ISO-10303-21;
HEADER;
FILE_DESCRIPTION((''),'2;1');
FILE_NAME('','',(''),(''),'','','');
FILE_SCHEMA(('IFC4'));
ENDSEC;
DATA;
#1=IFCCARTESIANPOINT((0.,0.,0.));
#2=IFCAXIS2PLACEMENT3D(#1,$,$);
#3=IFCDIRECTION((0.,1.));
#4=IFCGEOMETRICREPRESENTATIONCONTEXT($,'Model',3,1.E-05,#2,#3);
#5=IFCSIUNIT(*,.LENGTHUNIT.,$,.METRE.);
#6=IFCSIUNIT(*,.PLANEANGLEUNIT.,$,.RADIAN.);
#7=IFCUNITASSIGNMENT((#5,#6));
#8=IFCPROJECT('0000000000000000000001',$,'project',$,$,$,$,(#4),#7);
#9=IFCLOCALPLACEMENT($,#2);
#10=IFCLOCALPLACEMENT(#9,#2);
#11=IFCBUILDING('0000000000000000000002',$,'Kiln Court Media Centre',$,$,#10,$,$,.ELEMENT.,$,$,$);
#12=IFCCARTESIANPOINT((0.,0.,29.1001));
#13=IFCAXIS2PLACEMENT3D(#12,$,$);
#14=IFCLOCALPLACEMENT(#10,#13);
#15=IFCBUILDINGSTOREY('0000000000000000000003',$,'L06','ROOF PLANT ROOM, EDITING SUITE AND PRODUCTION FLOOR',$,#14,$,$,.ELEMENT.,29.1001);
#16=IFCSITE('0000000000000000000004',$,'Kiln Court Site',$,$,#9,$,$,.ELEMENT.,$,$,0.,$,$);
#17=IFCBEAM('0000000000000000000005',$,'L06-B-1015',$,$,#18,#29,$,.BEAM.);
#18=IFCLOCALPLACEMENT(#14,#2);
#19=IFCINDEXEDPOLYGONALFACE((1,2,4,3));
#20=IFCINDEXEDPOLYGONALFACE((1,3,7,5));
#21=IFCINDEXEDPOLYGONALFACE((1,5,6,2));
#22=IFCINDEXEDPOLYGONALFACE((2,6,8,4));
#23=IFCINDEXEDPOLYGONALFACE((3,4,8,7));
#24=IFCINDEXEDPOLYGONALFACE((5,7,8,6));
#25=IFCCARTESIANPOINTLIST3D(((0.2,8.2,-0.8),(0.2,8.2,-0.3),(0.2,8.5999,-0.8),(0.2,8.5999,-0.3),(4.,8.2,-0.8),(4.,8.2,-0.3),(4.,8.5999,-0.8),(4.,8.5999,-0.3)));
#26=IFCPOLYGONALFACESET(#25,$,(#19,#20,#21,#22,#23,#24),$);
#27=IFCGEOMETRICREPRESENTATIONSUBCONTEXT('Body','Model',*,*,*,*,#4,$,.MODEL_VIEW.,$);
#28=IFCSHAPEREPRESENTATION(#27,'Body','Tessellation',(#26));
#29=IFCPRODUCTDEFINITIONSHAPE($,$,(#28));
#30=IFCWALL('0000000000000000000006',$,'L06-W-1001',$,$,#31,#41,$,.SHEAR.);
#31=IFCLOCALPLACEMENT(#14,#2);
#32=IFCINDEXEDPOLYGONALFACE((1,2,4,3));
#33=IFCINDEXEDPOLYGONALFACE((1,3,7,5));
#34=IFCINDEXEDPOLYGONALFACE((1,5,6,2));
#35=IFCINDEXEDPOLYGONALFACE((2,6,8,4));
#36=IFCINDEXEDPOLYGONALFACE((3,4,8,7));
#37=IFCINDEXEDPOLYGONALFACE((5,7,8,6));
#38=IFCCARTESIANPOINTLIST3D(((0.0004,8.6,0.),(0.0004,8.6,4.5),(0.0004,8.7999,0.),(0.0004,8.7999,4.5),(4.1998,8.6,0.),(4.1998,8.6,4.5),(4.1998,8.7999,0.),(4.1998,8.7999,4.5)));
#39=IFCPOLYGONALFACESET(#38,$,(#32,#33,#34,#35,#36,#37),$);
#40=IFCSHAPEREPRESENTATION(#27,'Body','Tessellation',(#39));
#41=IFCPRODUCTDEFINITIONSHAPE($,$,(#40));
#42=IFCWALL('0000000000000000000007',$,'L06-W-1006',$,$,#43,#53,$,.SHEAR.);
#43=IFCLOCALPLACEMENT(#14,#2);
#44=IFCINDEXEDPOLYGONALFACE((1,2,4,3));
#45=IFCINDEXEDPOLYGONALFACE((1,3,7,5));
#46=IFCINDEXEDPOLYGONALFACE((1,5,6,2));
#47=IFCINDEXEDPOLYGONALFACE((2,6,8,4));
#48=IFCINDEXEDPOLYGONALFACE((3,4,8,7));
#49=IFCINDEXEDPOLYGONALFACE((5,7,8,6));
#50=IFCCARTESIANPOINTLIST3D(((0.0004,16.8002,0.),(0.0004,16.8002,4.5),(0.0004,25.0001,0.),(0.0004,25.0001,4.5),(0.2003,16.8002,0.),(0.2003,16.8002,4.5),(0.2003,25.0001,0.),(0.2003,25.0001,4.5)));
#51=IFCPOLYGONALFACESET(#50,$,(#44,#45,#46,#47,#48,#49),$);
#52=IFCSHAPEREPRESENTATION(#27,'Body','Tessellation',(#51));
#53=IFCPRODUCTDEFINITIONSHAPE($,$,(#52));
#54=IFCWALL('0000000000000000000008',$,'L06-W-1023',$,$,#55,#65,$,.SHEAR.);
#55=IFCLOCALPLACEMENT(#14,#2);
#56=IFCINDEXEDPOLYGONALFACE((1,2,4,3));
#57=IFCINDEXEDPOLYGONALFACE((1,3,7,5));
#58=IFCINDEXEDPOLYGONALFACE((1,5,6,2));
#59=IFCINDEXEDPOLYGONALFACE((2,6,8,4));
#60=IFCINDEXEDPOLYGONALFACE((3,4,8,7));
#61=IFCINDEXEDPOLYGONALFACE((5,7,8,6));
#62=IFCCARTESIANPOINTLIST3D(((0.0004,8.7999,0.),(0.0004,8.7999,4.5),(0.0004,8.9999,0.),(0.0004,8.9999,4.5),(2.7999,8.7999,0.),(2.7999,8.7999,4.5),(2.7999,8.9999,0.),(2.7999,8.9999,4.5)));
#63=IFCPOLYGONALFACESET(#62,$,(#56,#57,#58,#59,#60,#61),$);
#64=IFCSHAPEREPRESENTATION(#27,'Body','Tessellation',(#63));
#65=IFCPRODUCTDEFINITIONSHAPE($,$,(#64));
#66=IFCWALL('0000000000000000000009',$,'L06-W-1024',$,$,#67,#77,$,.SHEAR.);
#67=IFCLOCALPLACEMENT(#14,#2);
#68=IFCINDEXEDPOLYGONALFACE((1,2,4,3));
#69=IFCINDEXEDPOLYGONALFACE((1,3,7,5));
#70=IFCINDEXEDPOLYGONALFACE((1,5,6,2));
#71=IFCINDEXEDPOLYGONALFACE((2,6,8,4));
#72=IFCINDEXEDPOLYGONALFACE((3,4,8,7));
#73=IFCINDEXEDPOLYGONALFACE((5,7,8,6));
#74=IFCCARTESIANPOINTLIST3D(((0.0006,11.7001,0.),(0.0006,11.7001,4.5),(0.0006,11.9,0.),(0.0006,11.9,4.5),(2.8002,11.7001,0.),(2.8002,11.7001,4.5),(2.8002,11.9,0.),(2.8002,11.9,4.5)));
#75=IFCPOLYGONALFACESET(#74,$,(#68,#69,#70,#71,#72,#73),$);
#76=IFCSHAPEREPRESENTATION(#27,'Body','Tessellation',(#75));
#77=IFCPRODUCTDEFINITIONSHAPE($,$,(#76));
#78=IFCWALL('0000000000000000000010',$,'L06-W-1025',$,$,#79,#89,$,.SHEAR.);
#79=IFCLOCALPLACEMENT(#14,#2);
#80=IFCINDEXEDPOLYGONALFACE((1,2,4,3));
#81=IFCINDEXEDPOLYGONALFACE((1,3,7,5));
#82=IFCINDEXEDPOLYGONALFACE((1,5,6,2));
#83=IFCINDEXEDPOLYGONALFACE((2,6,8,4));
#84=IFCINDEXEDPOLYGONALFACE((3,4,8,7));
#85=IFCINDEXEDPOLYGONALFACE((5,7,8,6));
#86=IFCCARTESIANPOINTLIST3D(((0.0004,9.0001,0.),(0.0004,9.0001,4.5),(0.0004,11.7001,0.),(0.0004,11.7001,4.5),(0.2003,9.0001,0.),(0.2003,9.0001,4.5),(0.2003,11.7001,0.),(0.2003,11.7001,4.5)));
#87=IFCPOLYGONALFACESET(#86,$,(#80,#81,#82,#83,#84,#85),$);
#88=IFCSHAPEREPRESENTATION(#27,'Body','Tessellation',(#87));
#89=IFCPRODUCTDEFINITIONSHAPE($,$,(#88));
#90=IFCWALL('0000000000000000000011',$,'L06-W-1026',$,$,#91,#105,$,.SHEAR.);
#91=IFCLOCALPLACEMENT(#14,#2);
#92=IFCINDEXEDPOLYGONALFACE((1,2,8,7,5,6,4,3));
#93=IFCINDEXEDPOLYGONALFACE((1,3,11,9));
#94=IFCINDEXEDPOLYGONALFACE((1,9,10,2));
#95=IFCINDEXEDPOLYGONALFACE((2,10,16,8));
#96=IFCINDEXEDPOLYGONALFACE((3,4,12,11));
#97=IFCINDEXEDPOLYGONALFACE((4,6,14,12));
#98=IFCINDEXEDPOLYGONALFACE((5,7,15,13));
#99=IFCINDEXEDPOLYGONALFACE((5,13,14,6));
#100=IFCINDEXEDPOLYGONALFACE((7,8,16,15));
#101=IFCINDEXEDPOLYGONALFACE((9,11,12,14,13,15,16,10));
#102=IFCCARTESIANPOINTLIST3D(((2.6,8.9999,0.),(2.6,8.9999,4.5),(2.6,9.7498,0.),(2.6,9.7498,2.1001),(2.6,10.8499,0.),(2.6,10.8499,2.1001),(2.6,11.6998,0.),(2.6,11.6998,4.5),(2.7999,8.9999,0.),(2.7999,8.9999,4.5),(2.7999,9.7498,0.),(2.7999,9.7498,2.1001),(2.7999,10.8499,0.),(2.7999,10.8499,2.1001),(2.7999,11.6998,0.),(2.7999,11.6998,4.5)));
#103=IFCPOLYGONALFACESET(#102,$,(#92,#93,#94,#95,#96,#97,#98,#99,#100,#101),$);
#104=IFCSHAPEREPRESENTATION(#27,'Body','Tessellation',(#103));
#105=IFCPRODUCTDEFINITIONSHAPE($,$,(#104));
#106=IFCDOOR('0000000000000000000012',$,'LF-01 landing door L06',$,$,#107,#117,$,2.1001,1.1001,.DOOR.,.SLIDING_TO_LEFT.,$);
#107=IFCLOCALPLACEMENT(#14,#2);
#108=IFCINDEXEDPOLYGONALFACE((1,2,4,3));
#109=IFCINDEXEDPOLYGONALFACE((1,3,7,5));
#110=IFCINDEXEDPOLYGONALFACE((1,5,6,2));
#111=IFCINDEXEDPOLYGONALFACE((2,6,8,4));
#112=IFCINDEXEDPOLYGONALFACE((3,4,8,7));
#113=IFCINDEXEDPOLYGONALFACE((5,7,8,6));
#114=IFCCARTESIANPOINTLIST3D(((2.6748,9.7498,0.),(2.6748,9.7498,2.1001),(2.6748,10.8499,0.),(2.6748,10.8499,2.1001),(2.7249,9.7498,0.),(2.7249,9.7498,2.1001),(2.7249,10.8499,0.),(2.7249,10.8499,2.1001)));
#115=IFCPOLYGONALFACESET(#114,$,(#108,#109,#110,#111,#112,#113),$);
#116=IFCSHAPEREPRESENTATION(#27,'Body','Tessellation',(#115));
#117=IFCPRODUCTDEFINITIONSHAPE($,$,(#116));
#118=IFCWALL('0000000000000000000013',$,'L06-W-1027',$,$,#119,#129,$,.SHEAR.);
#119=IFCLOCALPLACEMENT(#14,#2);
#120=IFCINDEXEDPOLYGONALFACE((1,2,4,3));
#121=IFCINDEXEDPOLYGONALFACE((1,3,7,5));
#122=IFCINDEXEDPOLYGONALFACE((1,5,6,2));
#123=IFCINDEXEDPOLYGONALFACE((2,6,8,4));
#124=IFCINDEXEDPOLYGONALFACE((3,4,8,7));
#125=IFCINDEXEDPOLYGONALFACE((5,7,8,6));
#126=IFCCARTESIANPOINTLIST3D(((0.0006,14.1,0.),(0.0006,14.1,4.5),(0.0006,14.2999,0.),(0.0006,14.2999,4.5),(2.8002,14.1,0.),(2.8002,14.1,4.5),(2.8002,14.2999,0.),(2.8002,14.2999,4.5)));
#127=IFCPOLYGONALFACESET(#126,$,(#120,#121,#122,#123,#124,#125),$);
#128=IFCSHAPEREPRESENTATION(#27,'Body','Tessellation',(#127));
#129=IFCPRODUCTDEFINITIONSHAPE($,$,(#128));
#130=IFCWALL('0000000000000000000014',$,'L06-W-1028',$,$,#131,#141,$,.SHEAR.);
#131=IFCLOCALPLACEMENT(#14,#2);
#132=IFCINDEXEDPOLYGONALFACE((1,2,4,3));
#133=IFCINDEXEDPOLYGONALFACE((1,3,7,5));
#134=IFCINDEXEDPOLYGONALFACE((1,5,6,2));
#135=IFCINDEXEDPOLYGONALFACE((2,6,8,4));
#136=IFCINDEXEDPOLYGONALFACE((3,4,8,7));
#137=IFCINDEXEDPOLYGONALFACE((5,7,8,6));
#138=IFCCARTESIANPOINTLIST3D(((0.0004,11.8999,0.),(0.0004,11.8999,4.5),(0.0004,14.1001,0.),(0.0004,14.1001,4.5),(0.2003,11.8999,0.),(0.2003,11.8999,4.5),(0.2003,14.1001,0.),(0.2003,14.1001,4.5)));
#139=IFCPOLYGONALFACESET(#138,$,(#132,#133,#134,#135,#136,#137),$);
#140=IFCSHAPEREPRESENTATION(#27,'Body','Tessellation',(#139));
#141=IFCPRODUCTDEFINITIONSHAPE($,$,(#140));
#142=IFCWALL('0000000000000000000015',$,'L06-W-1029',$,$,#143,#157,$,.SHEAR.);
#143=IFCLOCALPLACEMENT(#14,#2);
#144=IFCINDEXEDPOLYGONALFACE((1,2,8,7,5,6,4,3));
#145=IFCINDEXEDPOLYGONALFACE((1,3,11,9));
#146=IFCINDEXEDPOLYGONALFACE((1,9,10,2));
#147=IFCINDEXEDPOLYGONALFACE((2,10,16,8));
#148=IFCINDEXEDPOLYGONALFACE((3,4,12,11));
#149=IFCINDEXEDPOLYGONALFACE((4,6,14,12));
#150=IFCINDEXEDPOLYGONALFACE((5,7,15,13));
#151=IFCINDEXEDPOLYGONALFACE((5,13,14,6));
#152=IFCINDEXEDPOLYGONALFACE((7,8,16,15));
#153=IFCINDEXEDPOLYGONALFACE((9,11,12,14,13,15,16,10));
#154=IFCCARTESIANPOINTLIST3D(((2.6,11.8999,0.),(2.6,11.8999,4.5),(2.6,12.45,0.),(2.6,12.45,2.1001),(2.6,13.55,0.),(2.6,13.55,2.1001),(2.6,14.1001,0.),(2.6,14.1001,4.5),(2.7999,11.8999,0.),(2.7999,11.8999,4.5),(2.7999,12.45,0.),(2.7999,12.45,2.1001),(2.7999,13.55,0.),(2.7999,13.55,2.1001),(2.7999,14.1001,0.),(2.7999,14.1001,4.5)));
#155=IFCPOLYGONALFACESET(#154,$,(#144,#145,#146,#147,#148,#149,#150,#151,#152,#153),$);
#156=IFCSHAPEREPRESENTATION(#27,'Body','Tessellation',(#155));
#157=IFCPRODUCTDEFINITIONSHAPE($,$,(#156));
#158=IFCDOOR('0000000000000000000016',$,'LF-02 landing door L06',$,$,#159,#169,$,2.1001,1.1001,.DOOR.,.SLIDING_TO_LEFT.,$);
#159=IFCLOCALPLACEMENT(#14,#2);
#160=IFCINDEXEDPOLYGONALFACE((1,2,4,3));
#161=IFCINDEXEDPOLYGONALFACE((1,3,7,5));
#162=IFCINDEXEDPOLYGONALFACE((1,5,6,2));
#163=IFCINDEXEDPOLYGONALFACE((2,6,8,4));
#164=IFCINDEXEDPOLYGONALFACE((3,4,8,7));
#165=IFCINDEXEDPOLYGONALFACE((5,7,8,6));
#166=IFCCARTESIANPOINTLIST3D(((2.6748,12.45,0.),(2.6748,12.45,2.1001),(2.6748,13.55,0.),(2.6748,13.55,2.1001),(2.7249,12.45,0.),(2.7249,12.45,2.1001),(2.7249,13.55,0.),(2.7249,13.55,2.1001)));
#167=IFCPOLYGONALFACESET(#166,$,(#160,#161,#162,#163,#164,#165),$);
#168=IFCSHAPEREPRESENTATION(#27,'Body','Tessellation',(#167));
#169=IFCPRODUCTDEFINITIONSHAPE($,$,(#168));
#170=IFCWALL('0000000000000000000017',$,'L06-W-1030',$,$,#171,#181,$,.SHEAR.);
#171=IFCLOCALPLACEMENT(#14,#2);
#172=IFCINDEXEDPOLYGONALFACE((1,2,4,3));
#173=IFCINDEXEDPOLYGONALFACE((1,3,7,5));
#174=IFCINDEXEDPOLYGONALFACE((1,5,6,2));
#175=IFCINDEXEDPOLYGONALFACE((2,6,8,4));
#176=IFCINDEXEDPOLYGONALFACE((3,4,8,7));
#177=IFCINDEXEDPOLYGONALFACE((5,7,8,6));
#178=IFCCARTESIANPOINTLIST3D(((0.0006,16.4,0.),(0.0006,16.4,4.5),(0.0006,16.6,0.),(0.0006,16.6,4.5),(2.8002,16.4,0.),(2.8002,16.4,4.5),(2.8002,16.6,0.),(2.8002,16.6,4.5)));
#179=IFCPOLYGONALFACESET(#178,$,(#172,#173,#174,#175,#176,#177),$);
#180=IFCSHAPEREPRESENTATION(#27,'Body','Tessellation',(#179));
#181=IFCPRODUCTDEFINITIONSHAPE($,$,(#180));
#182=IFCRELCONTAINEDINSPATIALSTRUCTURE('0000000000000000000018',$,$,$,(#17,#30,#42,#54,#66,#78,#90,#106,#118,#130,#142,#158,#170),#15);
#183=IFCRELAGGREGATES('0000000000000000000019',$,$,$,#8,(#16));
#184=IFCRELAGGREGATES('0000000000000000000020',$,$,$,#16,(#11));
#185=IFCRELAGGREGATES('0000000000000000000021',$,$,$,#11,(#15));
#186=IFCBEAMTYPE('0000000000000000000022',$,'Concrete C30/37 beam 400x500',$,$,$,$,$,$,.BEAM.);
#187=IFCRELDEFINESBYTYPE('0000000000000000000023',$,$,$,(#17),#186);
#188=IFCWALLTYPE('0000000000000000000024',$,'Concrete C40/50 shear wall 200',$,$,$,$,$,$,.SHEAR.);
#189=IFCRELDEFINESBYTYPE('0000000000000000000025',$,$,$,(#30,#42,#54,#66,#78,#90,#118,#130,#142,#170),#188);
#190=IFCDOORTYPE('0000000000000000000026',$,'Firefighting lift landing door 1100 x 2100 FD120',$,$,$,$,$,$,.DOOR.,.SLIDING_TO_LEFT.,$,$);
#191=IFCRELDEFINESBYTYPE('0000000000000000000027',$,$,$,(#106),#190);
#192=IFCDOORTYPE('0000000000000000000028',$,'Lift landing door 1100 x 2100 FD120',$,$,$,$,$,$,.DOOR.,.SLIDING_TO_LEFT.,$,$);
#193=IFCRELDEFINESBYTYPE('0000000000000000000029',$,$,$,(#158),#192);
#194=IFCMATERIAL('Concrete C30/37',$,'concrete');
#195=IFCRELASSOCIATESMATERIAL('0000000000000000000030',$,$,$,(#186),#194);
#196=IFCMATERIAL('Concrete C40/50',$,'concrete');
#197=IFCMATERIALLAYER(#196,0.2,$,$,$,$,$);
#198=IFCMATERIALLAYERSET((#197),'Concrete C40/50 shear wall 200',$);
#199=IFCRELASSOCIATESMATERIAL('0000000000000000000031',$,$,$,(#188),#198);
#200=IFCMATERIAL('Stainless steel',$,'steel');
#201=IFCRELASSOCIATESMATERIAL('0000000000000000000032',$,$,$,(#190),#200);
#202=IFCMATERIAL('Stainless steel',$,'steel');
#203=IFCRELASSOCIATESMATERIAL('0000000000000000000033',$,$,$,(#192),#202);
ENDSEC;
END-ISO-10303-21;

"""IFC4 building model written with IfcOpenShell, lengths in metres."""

from ifc_helpers import new_model, si_unit, direction, frame, frame_2d, origin, origin_2d, place, context, subcontext, project, spatial, rectangle, extrude, material, layer, layer_set, material_profile, profile_set, type_object, element, fill, save


model = new_model("IFC4")

# Units and contexts
model_context = context("Model", 3, precision=1e-05, world=origin(), true_north=direction((0.0, 1.0)))
body_context = subcontext(model_context, "Body", "Model", "MODEL_VIEW")
ifc_project = project(units=[si_unit("LENGTHUNIT", "METRE"), si_unit("PLANEANGLEUNIT", "RADIAN")], contexts=[model_context])

# Site, building, storey
site_placement = place(None, origin())
site = spatial("IfcSite", under=ifc_project, at=site_placement, Name="Kiln Court Site", CompositionType="ELEMENT", RefElevation=0.0)
building_placement = place(site_placement, origin())
building = spatial("IfcBuilding", under=site, at=building_placement, Name="Kiln Court Media Centre", CompositionType="ELEMENT")
storey_placement = place(building_placement, frame((0.0, 0.0, 29.1001)))
storey = spatial("IfcBuildingStorey", under=building, at=storey_placement, Name="L06", Description="ROOF PLANT ROOM, EDITING SUITE AND PRODUCTION FLOOR", CompositionType="ELEMENT", Elevation=29.1001)

# Beam
ifc_material_1 = material(Name="Concrete C30/37", Category="concrete")
ifc_material_profile = material_profile(ifc_material_1, rectangle(XDim=0.3999, YDim=0.5, at=origin_2d()), Name="RC 400x500")
ifc_profile_set = profile_set([ifc_material_profile], Name="Concrete C30/37")
beam_type = type_object("IfcBeamType", Name="Concrete C30/37 beam 400x500", PredefinedType="BEAM", material=ifc_profile_set)
beam_placement = place(storey_placement, frame((0.2, 8.3999, -0.55), z_axis=(1.0, 0.0, 0.0), x_axis=(0.0, 1.0, 0.0)))
element("IfcBeam", 1, at=beam_placement, inside=storey, type_object=beam_type, Name="L06-B-1015", PredefinedType="BEAM", context=body_context, shape_type="SweptSolid", body=[
    extrude(rectangle(XDim=0.3999, YDim=0.5, at=origin_2d()), origin(), (0.0, 0.0, 1.0), 3.8),
])

# Walls
ifc_material_2 = material(Name="Concrete C40/50", Category="concrete")
ifc_layer = layer(ifc_material_2, 0.2)
ifc_layer_set = layer_set([ifc_layer], Name="Concrete C40/50 shear wall 200")
wall_type = type_object("IfcWallType", Name="Concrete C40/50 shear wall 200", PredefinedType="SHEAR", material=ifc_layer_set)
wall_1_placement = place(storey_placement, frame((0.0005, 8.7, 0.0), z_axis=(0.0, 0.0, 1.0), x_axis=(1.0, 0.0, 0.0)))
element("IfcWall", 2, at=wall_1_placement, inside=storey, type_object=wall_type, Name="L06-W-1001", PredefinedType="SHEAR", context=body_context, shape_type="SweptSolid", body=[
    extrude(rectangle(XDim=4.1995, YDim=0.2, at=frame_2d((2.0996, 0.0))), origin(), (0.0, 0.0, 1.0), 4.5),
])
wall_2_placement = place(storey_placement, frame((0.1003, 16.8, 0.0), z_axis=(0.0, 0.0, 1.0), x_axis=(0.0, 1.0, 0.0)))
element("IfcWall", 3, at=wall_2_placement, inside=storey, type_object=wall_type, Name="L06-W-1006", PredefinedType="SHEAR", context=body_context, shape_type="SweptSolid", body=[
    extrude(rectangle(XDim=8.2, YDim=0.2, at=frame_2d((4.1001, 0.0))), origin(), (0.0, 0.0, 1.0), 4.5),
])
for number, where, z_axis, x_axis, name in (
    (4, (2.8, 8.8999, 0.0), (0.0, 0.0, 1.0), (-1.0, 0.0, 0.0), "L06-W-1023"),
    (5, (0.0005, 11.8, 0.0), (0.0, 0.0, 1.0), (1.0, 0.0, 0.0), "L06-W-1024"),
):
    element("IfcWall", number, at=place(storey_placement, frame(where, z_axis=z_axis, x_axis=x_axis)), inside=storey, type_object=wall_type, Name=name, PredefinedType="SHEAR", context=body_context, shape_type="SweptSolid", body=[
        extrude(rectangle(XDim=2.7996, YDim=0.2, at=frame_2d((1.3999, 0.0))), origin(), (0.0, 0.0, 1.0), 4.5),
    ])
wall_3_placement = place(storey_placement, frame((0.1003, 9.0, 0.0), z_axis=(0.0, 0.0, 1.0), x_axis=(0.0, 1.0, 0.0)))
element("IfcWall", 6, at=wall_3_placement, inside=storey, type_object=wall_type, Name="L06-W-1025", PredefinedType="SHEAR", context=body_context, shape_type="SweptSolid", body=[
    extrude(rectangle(XDim=2.7, YDim=0.2, at=frame_2d((1.3501, 0.0))), origin(), (0.0, 0.0, 1.0), 4.5),
])

# Wall, opening, door
wall_4_placement = place(storey_placement, frame((2.7, 11.7, 0.0), z_axis=(0.0, 0.0, 1.0), x_axis=(0.0, -1.0, 0.0)))
wall_4 = element("IfcWall", 7, at=wall_4_placement, inside=storey, type_object=wall_type, Name="L06-W-1026", PredefinedType="SHEAR", context=body_context, shape_type="SweptSolid", body=[
    extrude(rectangle(XDim=2.7, YDim=0.2, at=frame_2d((1.3501, 0.0))), origin(), (0.0, 0.0, 1.0), 4.5),
])
opening_1_placement = place(wall_4_placement, frame((0.8501, 0.0, 0.0)))
opening_1 = element("IfcOpeningElement", 8, at=opening_1_placement, cuts=wall_4, PredefinedType="OPENING", context=body_context, shape_type="SweptSolid", body=[
    extrude(rectangle(XDim=1.1001, YDim=2.1001, at=frame_2d((0.55, 1.05))), frame((0.0, 0.1099, 0.0), z_axis=(0.0, -1.0, 0.0), x_axis=(1.0, 0.0, 0.0)), (0.0, 0.0, 1.0), 0.22),
])
ifc_material_3 = material(Name="Stainless steel", Category="steel")
door_type_1 = type_object("IfcDoorType", Name="Firefighting lift landing door 1100 x 2100 FD120", OperationType="SLIDING_TO_LEFT", PredefinedType="DOOR", material=ifc_material_3)
door_1_placement = place(opening_1_placement, origin())
door_1 = element("IfcDoor", 9, at=door_1_placement, inside=storey, type_object=door_type_1, Name="LF-01 landing door L06", OperationType="SLIDING_TO_LEFT", OverallHeight=2.1001, OverallWidth=1.1001, PredefinedType="DOOR", context=body_context, shape_type="SweptSolid", body=[
    extrude(rectangle(XDim=1.1001, YDim=2.1001, at=frame_2d((0.55, 1.05))), frame((0.0, 0.0249, 0.0), z_axis=(0.0, -1.0, 0.0), x_axis=(1.0, 0.0, 0.0)), (0.0, 0.0, 1.0), 0.05),
])
fill(opening_1, door_1)

# Walls
wall_5_placement = place(storey_placement, frame((0.0005, 14.2, 0.0), z_axis=(0.0, 0.0, 1.0), x_axis=(1.0, 0.0, 0.0)))
element("IfcWall", 10, at=wall_5_placement, inside=storey, type_object=wall_type, Name="L06-W-1027", PredefinedType="SHEAR", context=body_context, shape_type="SweptSolid", body=[
    extrude(rectangle(XDim=2.7996, YDim=0.2, at=frame_2d((1.3999, 0.0))), origin(), (0.0, 0.0, 1.0), 4.5),
])
wall_6_placement = place(storey_placement, frame((0.1003, 11.8999, 0.0), z_axis=(0.0, 0.0, 1.0), x_axis=(0.0, 1.0, 0.0)))
element("IfcWall", 11, at=wall_6_placement, inside=storey, type_object=wall_type, Name="L06-W-1028", PredefinedType="SHEAR", context=body_context, shape_type="SweptSolid", body=[
    extrude(rectangle(XDim=2.2002, YDim=0.2, at=frame_2d((1.1001, 0.0))), origin(), (0.0, 0.0, 1.0), 4.5),
])

# Wall, opening, door
wall_7_placement = place(storey_placement, frame((2.7, 14.1001, 0.0), z_axis=(0.0, 0.0, 1.0), x_axis=(0.0, -1.0, 0.0)))
wall_7 = element("IfcWall", 12, at=wall_7_placement, inside=storey, type_object=wall_type, Name="L06-W-1029", PredefinedType="SHEAR", context=body_context, shape_type="SweptSolid", body=[
    extrude(rectangle(XDim=2.2002, YDim=0.2, at=frame_2d((1.1001, 0.0))), origin(), (0.0, 0.0, 1.0), 4.5),
])
opening_2_placement = place(wall_7_placement, frame((0.55, 0.0, 0.0)))
opening_2 = element("IfcOpeningElement", 13, at=opening_2_placement, cuts=wall_7, PredefinedType="OPENING", context=body_context, shape_type="SweptSolid", body=[
    extrude(rectangle(XDim=1.1001, YDim=2.1001, at=frame_2d((0.55, 1.05))), frame((0.0, 0.1099, 0.0), z_axis=(0.0, -1.0, 0.0), x_axis=(1.0, 0.0, 0.0)), (0.0, 0.0, 1.0), 0.22),
])
ifc_material_4 = material(Name="Stainless steel", Category="steel")
door_type_2 = type_object("IfcDoorType", Name="Lift landing door 1100 x 2100 FD120", OperationType="SLIDING_TO_LEFT", PredefinedType="DOOR", material=ifc_material_4)
door_2_placement = place(opening_2_placement, origin())
door_2 = element("IfcDoor", 14, at=door_2_placement, inside=storey, type_object=door_type_2, Name="LF-02 landing door L06", OperationType="SLIDING_TO_LEFT", OverallHeight=2.1001, OverallWidth=1.1001, PredefinedType="DOOR", context=body_context, shape_type="SweptSolid", body=[
    extrude(rectangle(XDim=1.1001, YDim=2.1001, at=frame_2d((0.55, 1.05))), frame((0.0, 0.0249, 0.0), z_axis=(0.0, -1.0, 0.0), x_axis=(1.0, 0.0, 0.0)), (0.0, 0.0, 1.0), 0.05),
])
fill(opening_2, door_2)

# Wall
wall_8_placement = place(storey_placement, frame((0.0005, 16.5, 0.0), z_axis=(0.0, 0.0, 1.0), x_axis=(1.0, 0.0, 0.0)))
element("IfcWall", 15, at=wall_8_placement, inside=storey, type_object=wall_type, Name="L06-W-1030", PredefinedType="SHEAR", context=body_context, shape_type="SweptSolid", body=[
    extrude(rectangle(XDim=2.7996, YDim=0.2, at=frame_2d((1.3999, 0.0))), origin(), (0.0, 0.0, 1.0), 4.5),
])

save(model, "model.ifc")
